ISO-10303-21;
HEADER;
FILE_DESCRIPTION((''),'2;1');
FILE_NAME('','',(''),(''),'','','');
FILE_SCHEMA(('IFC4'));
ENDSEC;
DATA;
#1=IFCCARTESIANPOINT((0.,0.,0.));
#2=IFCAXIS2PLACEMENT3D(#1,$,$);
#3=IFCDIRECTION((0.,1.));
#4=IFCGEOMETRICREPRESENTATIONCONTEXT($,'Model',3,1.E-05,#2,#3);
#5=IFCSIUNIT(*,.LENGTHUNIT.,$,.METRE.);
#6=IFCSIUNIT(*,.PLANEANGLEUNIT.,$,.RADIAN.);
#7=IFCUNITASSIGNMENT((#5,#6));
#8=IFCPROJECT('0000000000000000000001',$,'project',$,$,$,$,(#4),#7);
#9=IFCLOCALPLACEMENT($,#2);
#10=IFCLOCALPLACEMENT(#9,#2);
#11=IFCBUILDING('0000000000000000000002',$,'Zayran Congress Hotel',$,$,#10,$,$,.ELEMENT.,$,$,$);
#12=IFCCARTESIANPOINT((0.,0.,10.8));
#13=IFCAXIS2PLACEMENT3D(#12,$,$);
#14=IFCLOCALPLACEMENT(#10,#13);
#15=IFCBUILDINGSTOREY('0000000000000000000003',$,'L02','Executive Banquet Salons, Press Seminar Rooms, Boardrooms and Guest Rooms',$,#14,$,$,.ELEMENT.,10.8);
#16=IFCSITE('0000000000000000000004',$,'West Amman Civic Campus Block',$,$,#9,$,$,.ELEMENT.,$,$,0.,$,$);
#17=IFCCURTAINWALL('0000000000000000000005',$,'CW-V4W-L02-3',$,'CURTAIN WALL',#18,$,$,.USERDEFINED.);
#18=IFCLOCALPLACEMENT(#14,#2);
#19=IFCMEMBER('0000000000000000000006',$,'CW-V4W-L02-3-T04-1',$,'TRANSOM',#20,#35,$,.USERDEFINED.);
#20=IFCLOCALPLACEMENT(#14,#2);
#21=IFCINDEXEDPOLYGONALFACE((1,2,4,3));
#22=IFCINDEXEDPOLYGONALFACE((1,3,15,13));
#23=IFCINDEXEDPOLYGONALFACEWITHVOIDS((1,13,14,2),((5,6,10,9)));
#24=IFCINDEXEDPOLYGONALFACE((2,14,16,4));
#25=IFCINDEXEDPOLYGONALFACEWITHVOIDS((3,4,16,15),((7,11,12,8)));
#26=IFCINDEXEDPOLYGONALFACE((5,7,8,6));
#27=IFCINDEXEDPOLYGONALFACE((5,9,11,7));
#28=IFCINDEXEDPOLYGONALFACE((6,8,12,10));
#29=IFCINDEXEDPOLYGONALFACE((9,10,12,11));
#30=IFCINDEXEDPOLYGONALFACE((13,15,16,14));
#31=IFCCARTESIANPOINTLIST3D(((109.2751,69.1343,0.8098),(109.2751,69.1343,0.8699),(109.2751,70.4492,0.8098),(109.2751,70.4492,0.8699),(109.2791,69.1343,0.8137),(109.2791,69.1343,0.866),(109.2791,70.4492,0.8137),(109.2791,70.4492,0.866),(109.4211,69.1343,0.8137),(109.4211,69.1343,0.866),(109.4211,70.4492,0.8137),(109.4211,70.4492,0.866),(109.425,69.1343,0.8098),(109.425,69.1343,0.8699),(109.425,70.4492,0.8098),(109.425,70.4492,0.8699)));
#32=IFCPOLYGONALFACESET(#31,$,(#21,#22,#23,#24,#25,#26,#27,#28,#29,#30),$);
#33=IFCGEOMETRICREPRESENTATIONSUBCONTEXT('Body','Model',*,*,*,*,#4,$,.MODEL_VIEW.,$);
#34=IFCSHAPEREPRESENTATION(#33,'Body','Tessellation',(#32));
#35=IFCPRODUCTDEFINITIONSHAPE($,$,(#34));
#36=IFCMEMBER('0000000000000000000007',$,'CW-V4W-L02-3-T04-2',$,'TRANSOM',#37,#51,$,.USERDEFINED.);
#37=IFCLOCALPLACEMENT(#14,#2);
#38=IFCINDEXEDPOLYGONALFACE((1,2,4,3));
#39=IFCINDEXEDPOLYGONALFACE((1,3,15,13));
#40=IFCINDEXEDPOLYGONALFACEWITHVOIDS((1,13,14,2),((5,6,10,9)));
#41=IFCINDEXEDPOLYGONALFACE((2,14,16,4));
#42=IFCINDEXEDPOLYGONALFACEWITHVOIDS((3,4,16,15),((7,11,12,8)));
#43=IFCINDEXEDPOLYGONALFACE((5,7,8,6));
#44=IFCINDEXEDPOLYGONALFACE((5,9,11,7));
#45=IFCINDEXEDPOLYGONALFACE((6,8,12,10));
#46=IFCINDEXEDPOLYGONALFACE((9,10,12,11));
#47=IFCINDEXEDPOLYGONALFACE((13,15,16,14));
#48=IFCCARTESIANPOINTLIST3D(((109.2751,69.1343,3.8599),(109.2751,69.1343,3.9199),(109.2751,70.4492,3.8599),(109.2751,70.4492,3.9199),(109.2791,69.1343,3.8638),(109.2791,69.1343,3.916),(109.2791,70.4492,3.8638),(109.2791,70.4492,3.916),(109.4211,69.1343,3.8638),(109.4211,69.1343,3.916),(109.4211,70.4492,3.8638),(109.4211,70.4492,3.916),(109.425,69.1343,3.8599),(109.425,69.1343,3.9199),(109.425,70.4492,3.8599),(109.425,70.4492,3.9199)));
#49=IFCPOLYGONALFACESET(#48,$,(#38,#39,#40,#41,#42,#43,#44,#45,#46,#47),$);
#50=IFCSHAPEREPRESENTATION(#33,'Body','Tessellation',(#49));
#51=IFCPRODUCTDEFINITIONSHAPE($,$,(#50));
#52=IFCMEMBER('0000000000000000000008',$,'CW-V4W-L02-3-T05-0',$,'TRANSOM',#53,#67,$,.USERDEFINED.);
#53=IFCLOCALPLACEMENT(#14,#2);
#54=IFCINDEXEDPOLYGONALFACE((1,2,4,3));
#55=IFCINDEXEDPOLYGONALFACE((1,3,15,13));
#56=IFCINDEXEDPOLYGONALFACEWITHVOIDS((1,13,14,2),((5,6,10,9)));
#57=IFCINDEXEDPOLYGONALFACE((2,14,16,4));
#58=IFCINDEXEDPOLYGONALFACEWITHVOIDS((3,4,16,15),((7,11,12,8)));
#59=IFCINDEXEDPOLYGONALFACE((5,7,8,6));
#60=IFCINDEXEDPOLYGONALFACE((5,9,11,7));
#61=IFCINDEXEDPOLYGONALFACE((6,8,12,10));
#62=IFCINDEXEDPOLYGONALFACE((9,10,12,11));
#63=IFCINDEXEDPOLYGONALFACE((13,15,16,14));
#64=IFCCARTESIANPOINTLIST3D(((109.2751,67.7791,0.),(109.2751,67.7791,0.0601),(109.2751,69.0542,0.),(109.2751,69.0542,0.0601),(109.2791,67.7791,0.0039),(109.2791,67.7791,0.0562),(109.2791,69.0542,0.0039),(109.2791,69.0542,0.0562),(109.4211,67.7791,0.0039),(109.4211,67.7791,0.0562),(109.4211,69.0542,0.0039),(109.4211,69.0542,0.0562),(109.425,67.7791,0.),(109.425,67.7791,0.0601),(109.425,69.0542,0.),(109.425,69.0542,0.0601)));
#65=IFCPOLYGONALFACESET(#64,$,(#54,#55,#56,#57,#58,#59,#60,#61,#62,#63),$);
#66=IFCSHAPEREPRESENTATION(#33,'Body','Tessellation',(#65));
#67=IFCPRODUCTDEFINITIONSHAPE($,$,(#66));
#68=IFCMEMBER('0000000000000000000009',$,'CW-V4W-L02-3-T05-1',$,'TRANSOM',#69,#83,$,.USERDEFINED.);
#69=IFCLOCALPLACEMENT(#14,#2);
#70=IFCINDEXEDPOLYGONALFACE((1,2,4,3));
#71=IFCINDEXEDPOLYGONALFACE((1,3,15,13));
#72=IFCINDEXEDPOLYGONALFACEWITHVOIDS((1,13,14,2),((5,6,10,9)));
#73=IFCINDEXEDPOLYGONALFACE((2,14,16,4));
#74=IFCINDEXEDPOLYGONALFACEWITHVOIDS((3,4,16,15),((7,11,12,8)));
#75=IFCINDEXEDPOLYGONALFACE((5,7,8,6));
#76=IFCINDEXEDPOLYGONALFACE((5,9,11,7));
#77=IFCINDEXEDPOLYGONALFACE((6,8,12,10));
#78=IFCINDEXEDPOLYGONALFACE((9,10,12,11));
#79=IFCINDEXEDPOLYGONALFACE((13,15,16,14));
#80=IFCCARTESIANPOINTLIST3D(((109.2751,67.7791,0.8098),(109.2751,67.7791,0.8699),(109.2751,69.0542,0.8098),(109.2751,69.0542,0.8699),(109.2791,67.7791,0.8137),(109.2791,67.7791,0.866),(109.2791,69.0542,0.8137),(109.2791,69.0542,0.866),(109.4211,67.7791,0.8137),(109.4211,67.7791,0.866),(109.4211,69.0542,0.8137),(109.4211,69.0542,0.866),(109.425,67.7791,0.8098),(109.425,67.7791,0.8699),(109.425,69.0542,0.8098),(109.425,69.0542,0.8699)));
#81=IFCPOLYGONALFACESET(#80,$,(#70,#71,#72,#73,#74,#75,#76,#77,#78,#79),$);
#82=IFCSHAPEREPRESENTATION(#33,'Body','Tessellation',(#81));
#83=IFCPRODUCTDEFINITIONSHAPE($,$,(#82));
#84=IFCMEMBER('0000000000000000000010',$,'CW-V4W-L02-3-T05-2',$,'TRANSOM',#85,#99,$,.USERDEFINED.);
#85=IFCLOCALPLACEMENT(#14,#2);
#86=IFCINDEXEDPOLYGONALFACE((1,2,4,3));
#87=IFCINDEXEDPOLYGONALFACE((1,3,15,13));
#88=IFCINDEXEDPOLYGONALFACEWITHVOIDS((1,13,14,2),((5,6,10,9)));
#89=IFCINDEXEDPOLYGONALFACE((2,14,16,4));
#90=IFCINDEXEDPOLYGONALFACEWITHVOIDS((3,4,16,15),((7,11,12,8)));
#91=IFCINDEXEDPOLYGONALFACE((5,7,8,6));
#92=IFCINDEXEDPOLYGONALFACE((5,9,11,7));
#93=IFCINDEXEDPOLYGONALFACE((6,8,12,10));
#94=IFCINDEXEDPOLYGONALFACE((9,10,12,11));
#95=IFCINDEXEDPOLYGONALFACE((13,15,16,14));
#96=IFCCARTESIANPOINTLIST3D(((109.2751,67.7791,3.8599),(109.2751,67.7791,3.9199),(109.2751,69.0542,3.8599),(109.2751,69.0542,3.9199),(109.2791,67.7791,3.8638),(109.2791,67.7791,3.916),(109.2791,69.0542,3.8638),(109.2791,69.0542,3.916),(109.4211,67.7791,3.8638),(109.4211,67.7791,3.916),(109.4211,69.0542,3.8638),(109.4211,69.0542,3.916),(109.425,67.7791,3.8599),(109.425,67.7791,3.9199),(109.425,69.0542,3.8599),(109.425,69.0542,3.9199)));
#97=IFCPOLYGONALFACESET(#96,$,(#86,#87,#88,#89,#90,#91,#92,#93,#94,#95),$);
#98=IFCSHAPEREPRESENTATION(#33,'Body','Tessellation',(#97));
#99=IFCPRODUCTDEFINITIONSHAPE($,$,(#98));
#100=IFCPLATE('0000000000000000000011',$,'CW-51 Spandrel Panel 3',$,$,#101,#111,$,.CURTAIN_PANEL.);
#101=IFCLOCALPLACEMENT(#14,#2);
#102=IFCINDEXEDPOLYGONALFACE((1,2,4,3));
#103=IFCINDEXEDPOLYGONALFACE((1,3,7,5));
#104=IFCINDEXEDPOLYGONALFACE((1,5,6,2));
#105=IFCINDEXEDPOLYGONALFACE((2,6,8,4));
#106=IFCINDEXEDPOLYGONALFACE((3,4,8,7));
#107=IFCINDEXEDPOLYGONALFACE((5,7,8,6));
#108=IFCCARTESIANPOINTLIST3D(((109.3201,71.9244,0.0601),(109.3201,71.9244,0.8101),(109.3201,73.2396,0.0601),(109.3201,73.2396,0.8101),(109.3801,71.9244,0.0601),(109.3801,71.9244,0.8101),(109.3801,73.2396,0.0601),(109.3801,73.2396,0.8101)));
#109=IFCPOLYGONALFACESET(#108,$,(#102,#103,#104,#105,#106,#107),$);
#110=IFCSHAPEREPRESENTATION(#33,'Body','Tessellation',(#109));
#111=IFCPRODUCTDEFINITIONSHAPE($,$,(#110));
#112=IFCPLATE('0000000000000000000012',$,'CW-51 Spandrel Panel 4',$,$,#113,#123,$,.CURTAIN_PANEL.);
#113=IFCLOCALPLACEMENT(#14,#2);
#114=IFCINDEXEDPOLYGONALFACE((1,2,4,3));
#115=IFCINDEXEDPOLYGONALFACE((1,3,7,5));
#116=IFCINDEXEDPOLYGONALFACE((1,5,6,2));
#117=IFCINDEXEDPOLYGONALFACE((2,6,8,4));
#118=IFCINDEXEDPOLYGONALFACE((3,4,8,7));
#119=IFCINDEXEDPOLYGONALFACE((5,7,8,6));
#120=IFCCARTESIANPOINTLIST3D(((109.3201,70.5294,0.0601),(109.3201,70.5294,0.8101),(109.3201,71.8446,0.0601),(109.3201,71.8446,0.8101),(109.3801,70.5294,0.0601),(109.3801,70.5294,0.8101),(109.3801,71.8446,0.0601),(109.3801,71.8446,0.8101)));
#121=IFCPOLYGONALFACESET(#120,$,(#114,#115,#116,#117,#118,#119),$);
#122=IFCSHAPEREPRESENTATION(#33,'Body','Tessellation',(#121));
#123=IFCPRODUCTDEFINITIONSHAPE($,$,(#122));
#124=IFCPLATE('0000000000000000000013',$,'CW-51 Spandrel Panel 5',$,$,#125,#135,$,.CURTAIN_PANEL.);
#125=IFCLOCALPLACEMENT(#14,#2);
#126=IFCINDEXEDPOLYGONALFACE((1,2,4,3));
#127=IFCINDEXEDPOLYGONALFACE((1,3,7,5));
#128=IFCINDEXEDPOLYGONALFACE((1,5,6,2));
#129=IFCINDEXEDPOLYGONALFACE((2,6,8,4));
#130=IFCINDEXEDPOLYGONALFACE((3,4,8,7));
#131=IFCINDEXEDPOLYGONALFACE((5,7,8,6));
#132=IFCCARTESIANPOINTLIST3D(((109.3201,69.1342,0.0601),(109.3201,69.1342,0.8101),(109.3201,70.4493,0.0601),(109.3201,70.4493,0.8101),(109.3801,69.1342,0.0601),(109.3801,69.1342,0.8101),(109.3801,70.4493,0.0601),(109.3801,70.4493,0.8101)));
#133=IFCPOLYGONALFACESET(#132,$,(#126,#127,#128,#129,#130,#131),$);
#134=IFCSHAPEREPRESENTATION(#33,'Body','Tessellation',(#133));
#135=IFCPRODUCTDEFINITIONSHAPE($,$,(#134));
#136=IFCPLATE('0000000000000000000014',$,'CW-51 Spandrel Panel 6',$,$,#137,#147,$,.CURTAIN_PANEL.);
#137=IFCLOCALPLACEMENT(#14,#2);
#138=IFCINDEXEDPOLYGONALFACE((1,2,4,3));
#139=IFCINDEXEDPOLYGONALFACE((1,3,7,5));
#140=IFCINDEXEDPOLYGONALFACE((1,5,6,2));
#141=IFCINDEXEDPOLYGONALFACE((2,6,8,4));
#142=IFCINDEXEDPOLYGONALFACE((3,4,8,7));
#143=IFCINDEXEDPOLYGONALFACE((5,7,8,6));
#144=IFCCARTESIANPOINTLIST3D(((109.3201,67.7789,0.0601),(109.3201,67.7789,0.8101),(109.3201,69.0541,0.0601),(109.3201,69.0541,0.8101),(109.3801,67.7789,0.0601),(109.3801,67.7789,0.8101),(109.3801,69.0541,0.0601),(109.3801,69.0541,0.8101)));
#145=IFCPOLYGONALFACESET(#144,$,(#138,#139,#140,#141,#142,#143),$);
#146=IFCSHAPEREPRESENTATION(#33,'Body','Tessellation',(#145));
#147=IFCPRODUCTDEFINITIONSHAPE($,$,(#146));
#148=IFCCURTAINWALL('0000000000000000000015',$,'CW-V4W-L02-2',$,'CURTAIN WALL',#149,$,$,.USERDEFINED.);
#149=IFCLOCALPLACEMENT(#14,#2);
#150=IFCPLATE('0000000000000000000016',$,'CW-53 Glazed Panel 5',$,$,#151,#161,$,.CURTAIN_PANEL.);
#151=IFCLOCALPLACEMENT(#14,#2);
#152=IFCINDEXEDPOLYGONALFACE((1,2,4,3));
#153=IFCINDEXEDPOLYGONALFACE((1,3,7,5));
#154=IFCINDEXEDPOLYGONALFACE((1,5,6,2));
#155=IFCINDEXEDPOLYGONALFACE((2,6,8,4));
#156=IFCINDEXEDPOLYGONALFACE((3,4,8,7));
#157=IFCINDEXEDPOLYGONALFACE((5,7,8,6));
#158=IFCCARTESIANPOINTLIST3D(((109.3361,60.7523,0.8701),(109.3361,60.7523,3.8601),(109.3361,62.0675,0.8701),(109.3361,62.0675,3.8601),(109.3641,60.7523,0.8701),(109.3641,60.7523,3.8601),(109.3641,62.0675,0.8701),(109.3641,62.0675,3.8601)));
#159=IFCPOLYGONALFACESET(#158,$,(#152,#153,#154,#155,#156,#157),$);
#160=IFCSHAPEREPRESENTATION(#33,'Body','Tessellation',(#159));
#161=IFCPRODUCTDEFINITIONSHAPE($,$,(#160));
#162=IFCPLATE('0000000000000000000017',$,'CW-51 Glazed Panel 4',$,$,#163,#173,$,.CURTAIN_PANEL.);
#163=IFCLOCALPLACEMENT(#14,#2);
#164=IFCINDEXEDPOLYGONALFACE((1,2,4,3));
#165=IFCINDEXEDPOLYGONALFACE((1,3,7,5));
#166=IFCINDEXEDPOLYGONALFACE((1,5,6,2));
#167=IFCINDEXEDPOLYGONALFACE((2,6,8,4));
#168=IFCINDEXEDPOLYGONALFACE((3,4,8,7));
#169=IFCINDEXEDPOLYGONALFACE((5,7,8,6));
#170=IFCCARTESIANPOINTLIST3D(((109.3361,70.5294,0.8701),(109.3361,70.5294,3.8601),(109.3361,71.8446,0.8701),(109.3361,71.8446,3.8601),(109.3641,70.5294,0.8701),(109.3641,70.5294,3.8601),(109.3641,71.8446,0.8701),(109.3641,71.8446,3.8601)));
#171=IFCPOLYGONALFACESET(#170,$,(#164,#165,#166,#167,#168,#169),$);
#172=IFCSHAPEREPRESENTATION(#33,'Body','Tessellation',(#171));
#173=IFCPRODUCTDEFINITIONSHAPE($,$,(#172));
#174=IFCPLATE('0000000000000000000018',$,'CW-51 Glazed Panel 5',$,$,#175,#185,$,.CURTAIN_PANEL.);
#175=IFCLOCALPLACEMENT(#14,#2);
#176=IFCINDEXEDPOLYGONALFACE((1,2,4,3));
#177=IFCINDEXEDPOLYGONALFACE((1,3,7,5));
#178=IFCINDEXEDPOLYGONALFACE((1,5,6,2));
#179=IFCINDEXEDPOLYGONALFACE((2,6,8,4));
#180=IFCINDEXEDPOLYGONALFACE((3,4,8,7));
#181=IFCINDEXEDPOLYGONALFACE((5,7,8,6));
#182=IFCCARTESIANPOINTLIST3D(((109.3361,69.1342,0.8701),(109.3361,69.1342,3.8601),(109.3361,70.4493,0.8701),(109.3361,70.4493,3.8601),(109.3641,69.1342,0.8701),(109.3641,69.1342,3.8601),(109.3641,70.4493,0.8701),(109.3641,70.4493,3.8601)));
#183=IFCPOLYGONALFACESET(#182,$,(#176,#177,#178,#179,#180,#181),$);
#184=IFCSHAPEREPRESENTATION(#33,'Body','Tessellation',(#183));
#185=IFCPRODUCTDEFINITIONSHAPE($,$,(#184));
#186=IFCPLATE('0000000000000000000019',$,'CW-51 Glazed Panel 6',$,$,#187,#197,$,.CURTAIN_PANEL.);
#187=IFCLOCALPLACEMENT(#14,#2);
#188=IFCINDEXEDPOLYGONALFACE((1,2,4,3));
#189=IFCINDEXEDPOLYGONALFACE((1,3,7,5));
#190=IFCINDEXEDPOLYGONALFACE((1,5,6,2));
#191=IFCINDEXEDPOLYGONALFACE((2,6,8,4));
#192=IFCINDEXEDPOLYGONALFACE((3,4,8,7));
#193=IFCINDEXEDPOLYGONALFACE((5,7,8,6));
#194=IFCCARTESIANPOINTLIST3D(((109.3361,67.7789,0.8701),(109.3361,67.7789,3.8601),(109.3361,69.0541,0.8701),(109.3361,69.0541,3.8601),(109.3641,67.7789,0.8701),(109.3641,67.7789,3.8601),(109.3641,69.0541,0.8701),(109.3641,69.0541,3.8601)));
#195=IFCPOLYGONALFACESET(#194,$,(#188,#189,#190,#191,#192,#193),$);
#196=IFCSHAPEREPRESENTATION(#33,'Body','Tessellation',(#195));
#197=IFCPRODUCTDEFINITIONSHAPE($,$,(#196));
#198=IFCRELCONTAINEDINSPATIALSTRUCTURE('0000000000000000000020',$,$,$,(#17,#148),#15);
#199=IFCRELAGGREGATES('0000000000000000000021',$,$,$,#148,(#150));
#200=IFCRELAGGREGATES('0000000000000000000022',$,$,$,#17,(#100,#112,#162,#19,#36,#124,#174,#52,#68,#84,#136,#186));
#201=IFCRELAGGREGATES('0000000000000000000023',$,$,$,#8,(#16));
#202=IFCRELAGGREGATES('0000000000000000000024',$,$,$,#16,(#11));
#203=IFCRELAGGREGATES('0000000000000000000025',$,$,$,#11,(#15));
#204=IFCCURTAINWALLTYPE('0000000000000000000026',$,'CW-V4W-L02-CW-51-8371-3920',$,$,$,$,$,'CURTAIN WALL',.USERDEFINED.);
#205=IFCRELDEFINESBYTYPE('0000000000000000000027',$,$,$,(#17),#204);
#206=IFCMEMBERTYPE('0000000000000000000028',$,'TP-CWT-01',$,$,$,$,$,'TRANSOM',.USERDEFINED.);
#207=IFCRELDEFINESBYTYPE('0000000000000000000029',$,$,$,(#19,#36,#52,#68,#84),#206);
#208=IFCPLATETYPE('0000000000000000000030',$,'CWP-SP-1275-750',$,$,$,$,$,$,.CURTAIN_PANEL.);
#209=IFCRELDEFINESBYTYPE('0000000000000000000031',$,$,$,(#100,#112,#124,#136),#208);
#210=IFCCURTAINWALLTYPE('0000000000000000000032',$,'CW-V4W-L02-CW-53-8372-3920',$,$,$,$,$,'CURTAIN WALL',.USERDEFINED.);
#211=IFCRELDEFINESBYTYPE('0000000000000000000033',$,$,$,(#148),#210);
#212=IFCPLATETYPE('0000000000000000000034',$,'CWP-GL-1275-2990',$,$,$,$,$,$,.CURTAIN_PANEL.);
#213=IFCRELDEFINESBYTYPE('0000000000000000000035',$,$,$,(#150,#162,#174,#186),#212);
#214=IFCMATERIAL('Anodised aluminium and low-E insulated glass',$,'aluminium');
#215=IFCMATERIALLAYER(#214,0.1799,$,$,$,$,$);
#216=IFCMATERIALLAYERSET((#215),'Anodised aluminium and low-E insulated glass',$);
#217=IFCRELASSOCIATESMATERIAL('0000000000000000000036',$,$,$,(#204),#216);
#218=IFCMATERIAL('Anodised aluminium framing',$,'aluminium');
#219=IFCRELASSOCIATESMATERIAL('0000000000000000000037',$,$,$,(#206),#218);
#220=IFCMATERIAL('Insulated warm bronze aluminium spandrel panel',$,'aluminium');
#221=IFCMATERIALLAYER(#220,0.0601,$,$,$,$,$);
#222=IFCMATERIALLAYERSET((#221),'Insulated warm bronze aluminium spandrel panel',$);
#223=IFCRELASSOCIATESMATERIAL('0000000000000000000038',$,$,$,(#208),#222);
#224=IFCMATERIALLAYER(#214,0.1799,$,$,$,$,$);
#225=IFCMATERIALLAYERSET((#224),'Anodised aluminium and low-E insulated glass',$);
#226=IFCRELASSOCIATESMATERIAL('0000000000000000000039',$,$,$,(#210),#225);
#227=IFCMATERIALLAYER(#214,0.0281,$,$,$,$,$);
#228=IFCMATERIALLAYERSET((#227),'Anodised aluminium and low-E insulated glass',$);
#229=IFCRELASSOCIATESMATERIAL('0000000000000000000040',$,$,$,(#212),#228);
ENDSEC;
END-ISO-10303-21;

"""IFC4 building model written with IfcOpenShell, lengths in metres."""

from ifc_helpers import new_model, si_unit, direction, frame, origin, origin_2d, place, context, subcontext, project, spatial, rectangle, hollow_rectangle, extrude, material, layer, layer_set, material_profile, profile_set, type_object, element, aggregate, save


model = new_model("IFC4")

# Units and contexts
model_context = context("Model", 3, precision=1e-05, world=origin(), true_north=direction((0.0, 1.0)))
body_context = subcontext(model_context, "Body", "Model", "MODEL_VIEW")
ifc_project = project(units=[si_unit("LENGTHUNIT", "METRE"), si_unit("PLANEANGLEUNIT", "RADIAN")], contexts=[model_context])

# Site, building, storey
site_placement = place(None, origin())
site = spatial("IfcSite", under=ifc_project, at=site_placement, Name="West Amman Civic Campus Block", CompositionType="ELEMENT", RefElevation=0.0)
building_placement = place(site_placement, origin())
building = spatial("IfcBuilding", under=site, at=building_placement, Name="Zayran Congress Hotel", CompositionType="ELEMENT")
storey_placement = place(building_placement, frame((0.0, 0.0, 10.8)))
storey = spatial("IfcBuildingStorey", under=building, at=storey_placement, Name="L02", Description="Executive Banquet Salons, Press Seminar Rooms, Boardrooms and Guest Rooms", CompositionType="ELEMENT", Elevation=10.8)

# Curtain wall, members, plates
ifc_material_1 = material(Name="Anodised aluminium and low-E insulated glass", Category="aluminium")
ifc_layer_1 = layer(ifc_material_1, 0.1799)
ifc_layer_set_1 = layer_set([ifc_layer_1], Name="Anodised aluminium and low-E insulated glass")
curtain_wall_type_1 = type_object("IfcCurtainWallType", Name="CW-V4W-L02-CW-51-8371-3920", ElementType="CURTAIN WALL", PredefinedType="USERDEFINED", material=ifc_layer_set_1)
curtain_wall_1_placement = place(storey_placement, origin())
curtain_wall_1 = element("IfcCurtainWall", 1, at=curtain_wall_1_placement, inside=storey, type_object=curtain_wall_type_1, Name="CW-V4W-L02-3", ObjectType="CURTAIN WALL", PredefinedType="USERDEFINED")
ifc_material_2 = material(Name="Anodised aluminium framing", Category="aluminium")
ifc_material_profile_1 = material_profile(ifc_material_2, hollow_rectangle(XDim=0.0601, YDim=0.1499, WallThickness=0.0039, at=origin_2d()), Name="RHS 150x60x4")
ifc_profile_set_1 = profile_set([ifc_material_profile_1], Name="Anodised aluminium framing")
member_type_1 = type_object("IfcMemberType", Name="TP-CWT-01", ElementType="TRANSOM", PredefinedType="USERDEFINED", material=ifc_profile_set_1)
member_1_placement = place(storey_placement, frame((109.3501, 70.4492, 0.8398), z_axis=(0.0, -1.0, 0.0), x_axis=(0.0, 0.0, 1.0)))
member_1 = element("IfcMember", 2, at=member_1_placement, type_object=member_type_1, Name="CW-V4W-L02-3-T04-1", ObjectType="TRANSOM", PredefinedType="USERDEFINED", context=body_context, shape_type="SweptSolid", body=[
    extrude(hollow_rectangle(XDim=0.0601, YDim=0.1499, WallThickness=0.0039, at=origin_2d()), origin(), (0.0, 0.0, 1.0), 1.3149),
])
member_2_placement = place(storey_placement, frame((109.3501, 70.4492, 3.8899), z_axis=(0.0, -1.0, 0.0), x_axis=(0.0, 0.0, 1.0)))
member_2 = element("IfcMember", 3, at=member_2_placement, type_object=member_type_1, Name="CW-V4W-L02-3-T04-2", ObjectType="TRANSOM", PredefinedType="USERDEFINED", context=body_context, shape_type="SweptSolid", body=[
    extrude(hollow_rectangle(XDim=0.0601, YDim=0.1499, WallThickness=0.0039, at=origin_2d()), origin(), (0.0, 0.0, 1.0), 1.3149),
])
member_3_placement = place(storey_placement, frame((109.3501, 69.0542, 0.03), z_axis=(0.0, -1.0, 0.0), x_axis=(0.0, 0.0, 1.0)))
member_3 = element("IfcMember", 4, at=member_3_placement, type_object=member_type_1, Name="CW-V4W-L02-3-T05-0", ObjectType="TRANSOM", PredefinedType="USERDEFINED", context=body_context, shape_type="SweptSolid", body=[
    extrude(hollow_rectangle(XDim=0.0601, YDim=0.1499, WallThickness=0.0039, at=origin_2d()), origin(), (0.0, 0.0, 1.0), 1.2751),
])
member_4_placement = place(storey_placement, frame((109.3501, 69.0542, 0.8398), z_axis=(0.0, -1.0, 0.0), x_axis=(0.0, 0.0, 1.0)))
member_4 = element("IfcMember", 5, at=member_4_placement, type_object=member_type_1, Name="CW-V4W-L02-3-T05-1", ObjectType="TRANSOM", PredefinedType="USERDEFINED", context=body_context, shape_type="SweptSolid", body=[
    extrude(hollow_rectangle(XDim=0.0601, YDim=0.1499, WallThickness=0.0039, at=origin_2d()), origin(), (0.0, 0.0, 1.0), 1.2751),
])
member_5_placement = place(storey_placement, frame((109.3501, 69.0542, 3.8899), z_axis=(0.0, -1.0, 0.0), x_axis=(0.0, 0.0, 1.0)))
member_5 = element("IfcMember", 6, at=member_5_placement, type_object=member_type_1, Name="CW-V4W-L02-3-T05-2", ObjectType="TRANSOM", PredefinedType="USERDEFINED", context=body_context, shape_type="SweptSolid", body=[
    extrude(hollow_rectangle(XDim=0.0601, YDim=0.1499, WallThickness=0.0039, at=origin_2d()), origin(), (0.0, 0.0, 1.0), 1.2751),
])
ifc_material_3 = material(Name="Insulated warm bronze aluminium spandrel panel", Category="aluminium")
ifc_layer_2 = layer(ifc_material_3, 0.0601)
ifc_layer_set_2 = layer_set([ifc_layer_2], Name="Insulated warm bronze aluminium spandrel panel")
plate_type_1 = type_object("IfcPlateType", Name="CWP-SP-1275-750", PredefinedType="CURTAIN_PANEL", material=ifc_layer_set_2)
plate_1_placement = place(storey_placement, frame((109.3501, 72.582, 0.0601), z_axis=(0.0, 0.0, 1.0), x_axis=(0.0, 1.0, 0.0)))
plate_1 = element("IfcPlate", 7, at=plate_1_placement, type_object=plate_type_1, Name="CW-51 Spandrel Panel 3", PredefinedType="CURTAIN_PANEL", context=body_context, shape_type="SweptSolid", body=[
    extrude(rectangle(XDim=1.3152, YDim=0.0601, at=origin_2d()), origin(), (0.0, 0.0, 1.0), 0.75),
])
plate_2_placement = place(storey_placement, frame((109.3501, 71.187, 0.0601), z_axis=(0.0, 0.0, 1.0), x_axis=(0.0, 1.0, 0.0)))
plate_2 = element("IfcPlate", 8, at=plate_2_placement, type_object=plate_type_1, Name="CW-51 Spandrel Panel 4", PredefinedType="CURTAIN_PANEL", context=body_context, shape_type="SweptSolid", body=[
    extrude(rectangle(XDim=1.3152, YDim=0.0601, at=origin_2d()), origin(), (0.0, 0.0, 1.0), 0.75),
])
plate_3_placement = place(storey_placement, frame((109.3501, 69.7917, 0.0601), z_axis=(0.0, 0.0, 1.0), x_axis=(0.0, 1.0, 0.0)))
plate_3 = element("IfcPlate", 9, at=plate_3_placement, type_object=plate_type_1, Name="CW-51 Spandrel Panel 5", PredefinedType="CURTAIN_PANEL", context=body_context, shape_type="SweptSolid", body=[
    extrude(rectangle(XDim=1.3152, YDim=0.0601, at=origin_2d()), origin(), (0.0, 0.0, 1.0), 0.75),
])
plate_4_placement = place(storey_placement, frame((109.3501, 68.4165, 0.0601), z_axis=(0.0, 0.0, 1.0), x_axis=(0.0, 1.0, 0.0)))
plate_4 = element("IfcPlate", 10, at=plate_4_placement, type_object=plate_type_1, Name="CW-51 Spandrel Panel 6", PredefinedType="CURTAIN_PANEL", context=body_context, shape_type="SweptSolid", body=[
    extrude(rectangle(XDim=1.2751, YDim=0.0601, at=origin_2d()), origin(), (0.0, 0.0, 1.0), 0.75),
])

# Curtain wall, plate
ifc_layer_3 = layer(ifc_material_1, 0.1799)
ifc_layer_set_3 = layer_set([ifc_layer_3], Name="Anodised aluminium and low-E insulated glass")
curtain_wall_type_2 = type_object("IfcCurtainWallType", Name="CW-V4W-L02-CW-53-8372-3920", ElementType="CURTAIN WALL", PredefinedType="USERDEFINED", material=ifc_layer_set_3)
curtain_wall_2_placement = place(storey_placement, origin())
curtain_wall_2 = element("IfcCurtainWall", 11, at=curtain_wall_2_placement, inside=storey, type_object=curtain_wall_type_2, Name="CW-V4W-L02-2", ObjectType="CURTAIN WALL", PredefinedType="USERDEFINED")
ifc_layer_4 = layer(ifc_material_1, 0.0281)
ifc_layer_set_4 = layer_set([ifc_layer_4], Name="Anodised aluminium and low-E insulated glass")
plate_type_2 = type_object("IfcPlateType", Name="CWP-GL-1275-2990", PredefinedType="CURTAIN_PANEL", material=ifc_layer_set_4)
plate_5_placement = place(storey_placement, frame((109.3501, 61.4099, 0.8701), z_axis=(0.0, 0.0, 1.0), x_axis=(0.0, 1.0, 0.0)))
plate_5 = element("IfcPlate", 12, at=plate_5_placement, type_object=plate_type_2, Name="CW-53 Glazed Panel 5", PredefinedType="CURTAIN_PANEL", context=body_context, shape_type="SweptSolid", body=[
    extrude(rectangle(XDim=1.3152, YDim=0.0281, at=origin_2d()), origin(), (0.0, 0.0, 1.0), 2.99),
])
aggregate(curtain_wall_2, [plate_5])

# Plates
plate_6_placement = place(storey_placement, frame((109.3501, 71.187, 0.8701), z_axis=(0.0, 0.0, 1.0), x_axis=(0.0, 1.0, 0.0)))
plate_6 = element("IfcPlate", 13, at=plate_6_placement, type_object=plate_type_2, Name="CW-51 Glazed Panel 4", PredefinedType="CURTAIN_PANEL", context=body_context, shape_type="SweptSolid", body=[
    extrude(rectangle(XDim=1.3152, YDim=0.0281, at=origin_2d()), origin(), (0.0, 0.0, 1.0), 2.99),
])
plate_7_placement = place(storey_placement, frame((109.3501, 69.7917, 0.8701), z_axis=(0.0, 0.0, 1.0), x_axis=(0.0, 1.0, 0.0)))
plate_7 = element("IfcPlate", 14, at=plate_7_placement, type_object=plate_type_2, Name="CW-51 Glazed Panel 5", PredefinedType="CURTAIN_PANEL", context=body_context, shape_type="SweptSolid", body=[
    extrude(rectangle(XDim=1.3152, YDim=0.0281, at=origin_2d()), origin(), (0.0, 0.0, 1.0), 2.99),
])
plate_8_placement = place(storey_placement, frame((109.3501, 68.4165, 0.8701), z_axis=(0.0, 0.0, 1.0), x_axis=(0.0, 1.0, 0.0)))
plate_8 = element("IfcPlate", 15, at=plate_8_placement, type_object=plate_type_2, Name="CW-51 Glazed Panel 6", PredefinedType="CURTAIN_PANEL", context=body_context, shape_type="SweptSolid", body=[
    extrude(rectangle(XDim=1.2751, YDim=0.0281, at=origin_2d()), origin(), (0.0, 0.0, 1.0), 2.99),
])
aggregate(curtain_wall_1, [plate_1, plate_2, plate_6, member_1, member_2, plate_3, plate_7, member_3, member_4, member_5, plate_4, plate_8])

save(model, "model.ifc")
